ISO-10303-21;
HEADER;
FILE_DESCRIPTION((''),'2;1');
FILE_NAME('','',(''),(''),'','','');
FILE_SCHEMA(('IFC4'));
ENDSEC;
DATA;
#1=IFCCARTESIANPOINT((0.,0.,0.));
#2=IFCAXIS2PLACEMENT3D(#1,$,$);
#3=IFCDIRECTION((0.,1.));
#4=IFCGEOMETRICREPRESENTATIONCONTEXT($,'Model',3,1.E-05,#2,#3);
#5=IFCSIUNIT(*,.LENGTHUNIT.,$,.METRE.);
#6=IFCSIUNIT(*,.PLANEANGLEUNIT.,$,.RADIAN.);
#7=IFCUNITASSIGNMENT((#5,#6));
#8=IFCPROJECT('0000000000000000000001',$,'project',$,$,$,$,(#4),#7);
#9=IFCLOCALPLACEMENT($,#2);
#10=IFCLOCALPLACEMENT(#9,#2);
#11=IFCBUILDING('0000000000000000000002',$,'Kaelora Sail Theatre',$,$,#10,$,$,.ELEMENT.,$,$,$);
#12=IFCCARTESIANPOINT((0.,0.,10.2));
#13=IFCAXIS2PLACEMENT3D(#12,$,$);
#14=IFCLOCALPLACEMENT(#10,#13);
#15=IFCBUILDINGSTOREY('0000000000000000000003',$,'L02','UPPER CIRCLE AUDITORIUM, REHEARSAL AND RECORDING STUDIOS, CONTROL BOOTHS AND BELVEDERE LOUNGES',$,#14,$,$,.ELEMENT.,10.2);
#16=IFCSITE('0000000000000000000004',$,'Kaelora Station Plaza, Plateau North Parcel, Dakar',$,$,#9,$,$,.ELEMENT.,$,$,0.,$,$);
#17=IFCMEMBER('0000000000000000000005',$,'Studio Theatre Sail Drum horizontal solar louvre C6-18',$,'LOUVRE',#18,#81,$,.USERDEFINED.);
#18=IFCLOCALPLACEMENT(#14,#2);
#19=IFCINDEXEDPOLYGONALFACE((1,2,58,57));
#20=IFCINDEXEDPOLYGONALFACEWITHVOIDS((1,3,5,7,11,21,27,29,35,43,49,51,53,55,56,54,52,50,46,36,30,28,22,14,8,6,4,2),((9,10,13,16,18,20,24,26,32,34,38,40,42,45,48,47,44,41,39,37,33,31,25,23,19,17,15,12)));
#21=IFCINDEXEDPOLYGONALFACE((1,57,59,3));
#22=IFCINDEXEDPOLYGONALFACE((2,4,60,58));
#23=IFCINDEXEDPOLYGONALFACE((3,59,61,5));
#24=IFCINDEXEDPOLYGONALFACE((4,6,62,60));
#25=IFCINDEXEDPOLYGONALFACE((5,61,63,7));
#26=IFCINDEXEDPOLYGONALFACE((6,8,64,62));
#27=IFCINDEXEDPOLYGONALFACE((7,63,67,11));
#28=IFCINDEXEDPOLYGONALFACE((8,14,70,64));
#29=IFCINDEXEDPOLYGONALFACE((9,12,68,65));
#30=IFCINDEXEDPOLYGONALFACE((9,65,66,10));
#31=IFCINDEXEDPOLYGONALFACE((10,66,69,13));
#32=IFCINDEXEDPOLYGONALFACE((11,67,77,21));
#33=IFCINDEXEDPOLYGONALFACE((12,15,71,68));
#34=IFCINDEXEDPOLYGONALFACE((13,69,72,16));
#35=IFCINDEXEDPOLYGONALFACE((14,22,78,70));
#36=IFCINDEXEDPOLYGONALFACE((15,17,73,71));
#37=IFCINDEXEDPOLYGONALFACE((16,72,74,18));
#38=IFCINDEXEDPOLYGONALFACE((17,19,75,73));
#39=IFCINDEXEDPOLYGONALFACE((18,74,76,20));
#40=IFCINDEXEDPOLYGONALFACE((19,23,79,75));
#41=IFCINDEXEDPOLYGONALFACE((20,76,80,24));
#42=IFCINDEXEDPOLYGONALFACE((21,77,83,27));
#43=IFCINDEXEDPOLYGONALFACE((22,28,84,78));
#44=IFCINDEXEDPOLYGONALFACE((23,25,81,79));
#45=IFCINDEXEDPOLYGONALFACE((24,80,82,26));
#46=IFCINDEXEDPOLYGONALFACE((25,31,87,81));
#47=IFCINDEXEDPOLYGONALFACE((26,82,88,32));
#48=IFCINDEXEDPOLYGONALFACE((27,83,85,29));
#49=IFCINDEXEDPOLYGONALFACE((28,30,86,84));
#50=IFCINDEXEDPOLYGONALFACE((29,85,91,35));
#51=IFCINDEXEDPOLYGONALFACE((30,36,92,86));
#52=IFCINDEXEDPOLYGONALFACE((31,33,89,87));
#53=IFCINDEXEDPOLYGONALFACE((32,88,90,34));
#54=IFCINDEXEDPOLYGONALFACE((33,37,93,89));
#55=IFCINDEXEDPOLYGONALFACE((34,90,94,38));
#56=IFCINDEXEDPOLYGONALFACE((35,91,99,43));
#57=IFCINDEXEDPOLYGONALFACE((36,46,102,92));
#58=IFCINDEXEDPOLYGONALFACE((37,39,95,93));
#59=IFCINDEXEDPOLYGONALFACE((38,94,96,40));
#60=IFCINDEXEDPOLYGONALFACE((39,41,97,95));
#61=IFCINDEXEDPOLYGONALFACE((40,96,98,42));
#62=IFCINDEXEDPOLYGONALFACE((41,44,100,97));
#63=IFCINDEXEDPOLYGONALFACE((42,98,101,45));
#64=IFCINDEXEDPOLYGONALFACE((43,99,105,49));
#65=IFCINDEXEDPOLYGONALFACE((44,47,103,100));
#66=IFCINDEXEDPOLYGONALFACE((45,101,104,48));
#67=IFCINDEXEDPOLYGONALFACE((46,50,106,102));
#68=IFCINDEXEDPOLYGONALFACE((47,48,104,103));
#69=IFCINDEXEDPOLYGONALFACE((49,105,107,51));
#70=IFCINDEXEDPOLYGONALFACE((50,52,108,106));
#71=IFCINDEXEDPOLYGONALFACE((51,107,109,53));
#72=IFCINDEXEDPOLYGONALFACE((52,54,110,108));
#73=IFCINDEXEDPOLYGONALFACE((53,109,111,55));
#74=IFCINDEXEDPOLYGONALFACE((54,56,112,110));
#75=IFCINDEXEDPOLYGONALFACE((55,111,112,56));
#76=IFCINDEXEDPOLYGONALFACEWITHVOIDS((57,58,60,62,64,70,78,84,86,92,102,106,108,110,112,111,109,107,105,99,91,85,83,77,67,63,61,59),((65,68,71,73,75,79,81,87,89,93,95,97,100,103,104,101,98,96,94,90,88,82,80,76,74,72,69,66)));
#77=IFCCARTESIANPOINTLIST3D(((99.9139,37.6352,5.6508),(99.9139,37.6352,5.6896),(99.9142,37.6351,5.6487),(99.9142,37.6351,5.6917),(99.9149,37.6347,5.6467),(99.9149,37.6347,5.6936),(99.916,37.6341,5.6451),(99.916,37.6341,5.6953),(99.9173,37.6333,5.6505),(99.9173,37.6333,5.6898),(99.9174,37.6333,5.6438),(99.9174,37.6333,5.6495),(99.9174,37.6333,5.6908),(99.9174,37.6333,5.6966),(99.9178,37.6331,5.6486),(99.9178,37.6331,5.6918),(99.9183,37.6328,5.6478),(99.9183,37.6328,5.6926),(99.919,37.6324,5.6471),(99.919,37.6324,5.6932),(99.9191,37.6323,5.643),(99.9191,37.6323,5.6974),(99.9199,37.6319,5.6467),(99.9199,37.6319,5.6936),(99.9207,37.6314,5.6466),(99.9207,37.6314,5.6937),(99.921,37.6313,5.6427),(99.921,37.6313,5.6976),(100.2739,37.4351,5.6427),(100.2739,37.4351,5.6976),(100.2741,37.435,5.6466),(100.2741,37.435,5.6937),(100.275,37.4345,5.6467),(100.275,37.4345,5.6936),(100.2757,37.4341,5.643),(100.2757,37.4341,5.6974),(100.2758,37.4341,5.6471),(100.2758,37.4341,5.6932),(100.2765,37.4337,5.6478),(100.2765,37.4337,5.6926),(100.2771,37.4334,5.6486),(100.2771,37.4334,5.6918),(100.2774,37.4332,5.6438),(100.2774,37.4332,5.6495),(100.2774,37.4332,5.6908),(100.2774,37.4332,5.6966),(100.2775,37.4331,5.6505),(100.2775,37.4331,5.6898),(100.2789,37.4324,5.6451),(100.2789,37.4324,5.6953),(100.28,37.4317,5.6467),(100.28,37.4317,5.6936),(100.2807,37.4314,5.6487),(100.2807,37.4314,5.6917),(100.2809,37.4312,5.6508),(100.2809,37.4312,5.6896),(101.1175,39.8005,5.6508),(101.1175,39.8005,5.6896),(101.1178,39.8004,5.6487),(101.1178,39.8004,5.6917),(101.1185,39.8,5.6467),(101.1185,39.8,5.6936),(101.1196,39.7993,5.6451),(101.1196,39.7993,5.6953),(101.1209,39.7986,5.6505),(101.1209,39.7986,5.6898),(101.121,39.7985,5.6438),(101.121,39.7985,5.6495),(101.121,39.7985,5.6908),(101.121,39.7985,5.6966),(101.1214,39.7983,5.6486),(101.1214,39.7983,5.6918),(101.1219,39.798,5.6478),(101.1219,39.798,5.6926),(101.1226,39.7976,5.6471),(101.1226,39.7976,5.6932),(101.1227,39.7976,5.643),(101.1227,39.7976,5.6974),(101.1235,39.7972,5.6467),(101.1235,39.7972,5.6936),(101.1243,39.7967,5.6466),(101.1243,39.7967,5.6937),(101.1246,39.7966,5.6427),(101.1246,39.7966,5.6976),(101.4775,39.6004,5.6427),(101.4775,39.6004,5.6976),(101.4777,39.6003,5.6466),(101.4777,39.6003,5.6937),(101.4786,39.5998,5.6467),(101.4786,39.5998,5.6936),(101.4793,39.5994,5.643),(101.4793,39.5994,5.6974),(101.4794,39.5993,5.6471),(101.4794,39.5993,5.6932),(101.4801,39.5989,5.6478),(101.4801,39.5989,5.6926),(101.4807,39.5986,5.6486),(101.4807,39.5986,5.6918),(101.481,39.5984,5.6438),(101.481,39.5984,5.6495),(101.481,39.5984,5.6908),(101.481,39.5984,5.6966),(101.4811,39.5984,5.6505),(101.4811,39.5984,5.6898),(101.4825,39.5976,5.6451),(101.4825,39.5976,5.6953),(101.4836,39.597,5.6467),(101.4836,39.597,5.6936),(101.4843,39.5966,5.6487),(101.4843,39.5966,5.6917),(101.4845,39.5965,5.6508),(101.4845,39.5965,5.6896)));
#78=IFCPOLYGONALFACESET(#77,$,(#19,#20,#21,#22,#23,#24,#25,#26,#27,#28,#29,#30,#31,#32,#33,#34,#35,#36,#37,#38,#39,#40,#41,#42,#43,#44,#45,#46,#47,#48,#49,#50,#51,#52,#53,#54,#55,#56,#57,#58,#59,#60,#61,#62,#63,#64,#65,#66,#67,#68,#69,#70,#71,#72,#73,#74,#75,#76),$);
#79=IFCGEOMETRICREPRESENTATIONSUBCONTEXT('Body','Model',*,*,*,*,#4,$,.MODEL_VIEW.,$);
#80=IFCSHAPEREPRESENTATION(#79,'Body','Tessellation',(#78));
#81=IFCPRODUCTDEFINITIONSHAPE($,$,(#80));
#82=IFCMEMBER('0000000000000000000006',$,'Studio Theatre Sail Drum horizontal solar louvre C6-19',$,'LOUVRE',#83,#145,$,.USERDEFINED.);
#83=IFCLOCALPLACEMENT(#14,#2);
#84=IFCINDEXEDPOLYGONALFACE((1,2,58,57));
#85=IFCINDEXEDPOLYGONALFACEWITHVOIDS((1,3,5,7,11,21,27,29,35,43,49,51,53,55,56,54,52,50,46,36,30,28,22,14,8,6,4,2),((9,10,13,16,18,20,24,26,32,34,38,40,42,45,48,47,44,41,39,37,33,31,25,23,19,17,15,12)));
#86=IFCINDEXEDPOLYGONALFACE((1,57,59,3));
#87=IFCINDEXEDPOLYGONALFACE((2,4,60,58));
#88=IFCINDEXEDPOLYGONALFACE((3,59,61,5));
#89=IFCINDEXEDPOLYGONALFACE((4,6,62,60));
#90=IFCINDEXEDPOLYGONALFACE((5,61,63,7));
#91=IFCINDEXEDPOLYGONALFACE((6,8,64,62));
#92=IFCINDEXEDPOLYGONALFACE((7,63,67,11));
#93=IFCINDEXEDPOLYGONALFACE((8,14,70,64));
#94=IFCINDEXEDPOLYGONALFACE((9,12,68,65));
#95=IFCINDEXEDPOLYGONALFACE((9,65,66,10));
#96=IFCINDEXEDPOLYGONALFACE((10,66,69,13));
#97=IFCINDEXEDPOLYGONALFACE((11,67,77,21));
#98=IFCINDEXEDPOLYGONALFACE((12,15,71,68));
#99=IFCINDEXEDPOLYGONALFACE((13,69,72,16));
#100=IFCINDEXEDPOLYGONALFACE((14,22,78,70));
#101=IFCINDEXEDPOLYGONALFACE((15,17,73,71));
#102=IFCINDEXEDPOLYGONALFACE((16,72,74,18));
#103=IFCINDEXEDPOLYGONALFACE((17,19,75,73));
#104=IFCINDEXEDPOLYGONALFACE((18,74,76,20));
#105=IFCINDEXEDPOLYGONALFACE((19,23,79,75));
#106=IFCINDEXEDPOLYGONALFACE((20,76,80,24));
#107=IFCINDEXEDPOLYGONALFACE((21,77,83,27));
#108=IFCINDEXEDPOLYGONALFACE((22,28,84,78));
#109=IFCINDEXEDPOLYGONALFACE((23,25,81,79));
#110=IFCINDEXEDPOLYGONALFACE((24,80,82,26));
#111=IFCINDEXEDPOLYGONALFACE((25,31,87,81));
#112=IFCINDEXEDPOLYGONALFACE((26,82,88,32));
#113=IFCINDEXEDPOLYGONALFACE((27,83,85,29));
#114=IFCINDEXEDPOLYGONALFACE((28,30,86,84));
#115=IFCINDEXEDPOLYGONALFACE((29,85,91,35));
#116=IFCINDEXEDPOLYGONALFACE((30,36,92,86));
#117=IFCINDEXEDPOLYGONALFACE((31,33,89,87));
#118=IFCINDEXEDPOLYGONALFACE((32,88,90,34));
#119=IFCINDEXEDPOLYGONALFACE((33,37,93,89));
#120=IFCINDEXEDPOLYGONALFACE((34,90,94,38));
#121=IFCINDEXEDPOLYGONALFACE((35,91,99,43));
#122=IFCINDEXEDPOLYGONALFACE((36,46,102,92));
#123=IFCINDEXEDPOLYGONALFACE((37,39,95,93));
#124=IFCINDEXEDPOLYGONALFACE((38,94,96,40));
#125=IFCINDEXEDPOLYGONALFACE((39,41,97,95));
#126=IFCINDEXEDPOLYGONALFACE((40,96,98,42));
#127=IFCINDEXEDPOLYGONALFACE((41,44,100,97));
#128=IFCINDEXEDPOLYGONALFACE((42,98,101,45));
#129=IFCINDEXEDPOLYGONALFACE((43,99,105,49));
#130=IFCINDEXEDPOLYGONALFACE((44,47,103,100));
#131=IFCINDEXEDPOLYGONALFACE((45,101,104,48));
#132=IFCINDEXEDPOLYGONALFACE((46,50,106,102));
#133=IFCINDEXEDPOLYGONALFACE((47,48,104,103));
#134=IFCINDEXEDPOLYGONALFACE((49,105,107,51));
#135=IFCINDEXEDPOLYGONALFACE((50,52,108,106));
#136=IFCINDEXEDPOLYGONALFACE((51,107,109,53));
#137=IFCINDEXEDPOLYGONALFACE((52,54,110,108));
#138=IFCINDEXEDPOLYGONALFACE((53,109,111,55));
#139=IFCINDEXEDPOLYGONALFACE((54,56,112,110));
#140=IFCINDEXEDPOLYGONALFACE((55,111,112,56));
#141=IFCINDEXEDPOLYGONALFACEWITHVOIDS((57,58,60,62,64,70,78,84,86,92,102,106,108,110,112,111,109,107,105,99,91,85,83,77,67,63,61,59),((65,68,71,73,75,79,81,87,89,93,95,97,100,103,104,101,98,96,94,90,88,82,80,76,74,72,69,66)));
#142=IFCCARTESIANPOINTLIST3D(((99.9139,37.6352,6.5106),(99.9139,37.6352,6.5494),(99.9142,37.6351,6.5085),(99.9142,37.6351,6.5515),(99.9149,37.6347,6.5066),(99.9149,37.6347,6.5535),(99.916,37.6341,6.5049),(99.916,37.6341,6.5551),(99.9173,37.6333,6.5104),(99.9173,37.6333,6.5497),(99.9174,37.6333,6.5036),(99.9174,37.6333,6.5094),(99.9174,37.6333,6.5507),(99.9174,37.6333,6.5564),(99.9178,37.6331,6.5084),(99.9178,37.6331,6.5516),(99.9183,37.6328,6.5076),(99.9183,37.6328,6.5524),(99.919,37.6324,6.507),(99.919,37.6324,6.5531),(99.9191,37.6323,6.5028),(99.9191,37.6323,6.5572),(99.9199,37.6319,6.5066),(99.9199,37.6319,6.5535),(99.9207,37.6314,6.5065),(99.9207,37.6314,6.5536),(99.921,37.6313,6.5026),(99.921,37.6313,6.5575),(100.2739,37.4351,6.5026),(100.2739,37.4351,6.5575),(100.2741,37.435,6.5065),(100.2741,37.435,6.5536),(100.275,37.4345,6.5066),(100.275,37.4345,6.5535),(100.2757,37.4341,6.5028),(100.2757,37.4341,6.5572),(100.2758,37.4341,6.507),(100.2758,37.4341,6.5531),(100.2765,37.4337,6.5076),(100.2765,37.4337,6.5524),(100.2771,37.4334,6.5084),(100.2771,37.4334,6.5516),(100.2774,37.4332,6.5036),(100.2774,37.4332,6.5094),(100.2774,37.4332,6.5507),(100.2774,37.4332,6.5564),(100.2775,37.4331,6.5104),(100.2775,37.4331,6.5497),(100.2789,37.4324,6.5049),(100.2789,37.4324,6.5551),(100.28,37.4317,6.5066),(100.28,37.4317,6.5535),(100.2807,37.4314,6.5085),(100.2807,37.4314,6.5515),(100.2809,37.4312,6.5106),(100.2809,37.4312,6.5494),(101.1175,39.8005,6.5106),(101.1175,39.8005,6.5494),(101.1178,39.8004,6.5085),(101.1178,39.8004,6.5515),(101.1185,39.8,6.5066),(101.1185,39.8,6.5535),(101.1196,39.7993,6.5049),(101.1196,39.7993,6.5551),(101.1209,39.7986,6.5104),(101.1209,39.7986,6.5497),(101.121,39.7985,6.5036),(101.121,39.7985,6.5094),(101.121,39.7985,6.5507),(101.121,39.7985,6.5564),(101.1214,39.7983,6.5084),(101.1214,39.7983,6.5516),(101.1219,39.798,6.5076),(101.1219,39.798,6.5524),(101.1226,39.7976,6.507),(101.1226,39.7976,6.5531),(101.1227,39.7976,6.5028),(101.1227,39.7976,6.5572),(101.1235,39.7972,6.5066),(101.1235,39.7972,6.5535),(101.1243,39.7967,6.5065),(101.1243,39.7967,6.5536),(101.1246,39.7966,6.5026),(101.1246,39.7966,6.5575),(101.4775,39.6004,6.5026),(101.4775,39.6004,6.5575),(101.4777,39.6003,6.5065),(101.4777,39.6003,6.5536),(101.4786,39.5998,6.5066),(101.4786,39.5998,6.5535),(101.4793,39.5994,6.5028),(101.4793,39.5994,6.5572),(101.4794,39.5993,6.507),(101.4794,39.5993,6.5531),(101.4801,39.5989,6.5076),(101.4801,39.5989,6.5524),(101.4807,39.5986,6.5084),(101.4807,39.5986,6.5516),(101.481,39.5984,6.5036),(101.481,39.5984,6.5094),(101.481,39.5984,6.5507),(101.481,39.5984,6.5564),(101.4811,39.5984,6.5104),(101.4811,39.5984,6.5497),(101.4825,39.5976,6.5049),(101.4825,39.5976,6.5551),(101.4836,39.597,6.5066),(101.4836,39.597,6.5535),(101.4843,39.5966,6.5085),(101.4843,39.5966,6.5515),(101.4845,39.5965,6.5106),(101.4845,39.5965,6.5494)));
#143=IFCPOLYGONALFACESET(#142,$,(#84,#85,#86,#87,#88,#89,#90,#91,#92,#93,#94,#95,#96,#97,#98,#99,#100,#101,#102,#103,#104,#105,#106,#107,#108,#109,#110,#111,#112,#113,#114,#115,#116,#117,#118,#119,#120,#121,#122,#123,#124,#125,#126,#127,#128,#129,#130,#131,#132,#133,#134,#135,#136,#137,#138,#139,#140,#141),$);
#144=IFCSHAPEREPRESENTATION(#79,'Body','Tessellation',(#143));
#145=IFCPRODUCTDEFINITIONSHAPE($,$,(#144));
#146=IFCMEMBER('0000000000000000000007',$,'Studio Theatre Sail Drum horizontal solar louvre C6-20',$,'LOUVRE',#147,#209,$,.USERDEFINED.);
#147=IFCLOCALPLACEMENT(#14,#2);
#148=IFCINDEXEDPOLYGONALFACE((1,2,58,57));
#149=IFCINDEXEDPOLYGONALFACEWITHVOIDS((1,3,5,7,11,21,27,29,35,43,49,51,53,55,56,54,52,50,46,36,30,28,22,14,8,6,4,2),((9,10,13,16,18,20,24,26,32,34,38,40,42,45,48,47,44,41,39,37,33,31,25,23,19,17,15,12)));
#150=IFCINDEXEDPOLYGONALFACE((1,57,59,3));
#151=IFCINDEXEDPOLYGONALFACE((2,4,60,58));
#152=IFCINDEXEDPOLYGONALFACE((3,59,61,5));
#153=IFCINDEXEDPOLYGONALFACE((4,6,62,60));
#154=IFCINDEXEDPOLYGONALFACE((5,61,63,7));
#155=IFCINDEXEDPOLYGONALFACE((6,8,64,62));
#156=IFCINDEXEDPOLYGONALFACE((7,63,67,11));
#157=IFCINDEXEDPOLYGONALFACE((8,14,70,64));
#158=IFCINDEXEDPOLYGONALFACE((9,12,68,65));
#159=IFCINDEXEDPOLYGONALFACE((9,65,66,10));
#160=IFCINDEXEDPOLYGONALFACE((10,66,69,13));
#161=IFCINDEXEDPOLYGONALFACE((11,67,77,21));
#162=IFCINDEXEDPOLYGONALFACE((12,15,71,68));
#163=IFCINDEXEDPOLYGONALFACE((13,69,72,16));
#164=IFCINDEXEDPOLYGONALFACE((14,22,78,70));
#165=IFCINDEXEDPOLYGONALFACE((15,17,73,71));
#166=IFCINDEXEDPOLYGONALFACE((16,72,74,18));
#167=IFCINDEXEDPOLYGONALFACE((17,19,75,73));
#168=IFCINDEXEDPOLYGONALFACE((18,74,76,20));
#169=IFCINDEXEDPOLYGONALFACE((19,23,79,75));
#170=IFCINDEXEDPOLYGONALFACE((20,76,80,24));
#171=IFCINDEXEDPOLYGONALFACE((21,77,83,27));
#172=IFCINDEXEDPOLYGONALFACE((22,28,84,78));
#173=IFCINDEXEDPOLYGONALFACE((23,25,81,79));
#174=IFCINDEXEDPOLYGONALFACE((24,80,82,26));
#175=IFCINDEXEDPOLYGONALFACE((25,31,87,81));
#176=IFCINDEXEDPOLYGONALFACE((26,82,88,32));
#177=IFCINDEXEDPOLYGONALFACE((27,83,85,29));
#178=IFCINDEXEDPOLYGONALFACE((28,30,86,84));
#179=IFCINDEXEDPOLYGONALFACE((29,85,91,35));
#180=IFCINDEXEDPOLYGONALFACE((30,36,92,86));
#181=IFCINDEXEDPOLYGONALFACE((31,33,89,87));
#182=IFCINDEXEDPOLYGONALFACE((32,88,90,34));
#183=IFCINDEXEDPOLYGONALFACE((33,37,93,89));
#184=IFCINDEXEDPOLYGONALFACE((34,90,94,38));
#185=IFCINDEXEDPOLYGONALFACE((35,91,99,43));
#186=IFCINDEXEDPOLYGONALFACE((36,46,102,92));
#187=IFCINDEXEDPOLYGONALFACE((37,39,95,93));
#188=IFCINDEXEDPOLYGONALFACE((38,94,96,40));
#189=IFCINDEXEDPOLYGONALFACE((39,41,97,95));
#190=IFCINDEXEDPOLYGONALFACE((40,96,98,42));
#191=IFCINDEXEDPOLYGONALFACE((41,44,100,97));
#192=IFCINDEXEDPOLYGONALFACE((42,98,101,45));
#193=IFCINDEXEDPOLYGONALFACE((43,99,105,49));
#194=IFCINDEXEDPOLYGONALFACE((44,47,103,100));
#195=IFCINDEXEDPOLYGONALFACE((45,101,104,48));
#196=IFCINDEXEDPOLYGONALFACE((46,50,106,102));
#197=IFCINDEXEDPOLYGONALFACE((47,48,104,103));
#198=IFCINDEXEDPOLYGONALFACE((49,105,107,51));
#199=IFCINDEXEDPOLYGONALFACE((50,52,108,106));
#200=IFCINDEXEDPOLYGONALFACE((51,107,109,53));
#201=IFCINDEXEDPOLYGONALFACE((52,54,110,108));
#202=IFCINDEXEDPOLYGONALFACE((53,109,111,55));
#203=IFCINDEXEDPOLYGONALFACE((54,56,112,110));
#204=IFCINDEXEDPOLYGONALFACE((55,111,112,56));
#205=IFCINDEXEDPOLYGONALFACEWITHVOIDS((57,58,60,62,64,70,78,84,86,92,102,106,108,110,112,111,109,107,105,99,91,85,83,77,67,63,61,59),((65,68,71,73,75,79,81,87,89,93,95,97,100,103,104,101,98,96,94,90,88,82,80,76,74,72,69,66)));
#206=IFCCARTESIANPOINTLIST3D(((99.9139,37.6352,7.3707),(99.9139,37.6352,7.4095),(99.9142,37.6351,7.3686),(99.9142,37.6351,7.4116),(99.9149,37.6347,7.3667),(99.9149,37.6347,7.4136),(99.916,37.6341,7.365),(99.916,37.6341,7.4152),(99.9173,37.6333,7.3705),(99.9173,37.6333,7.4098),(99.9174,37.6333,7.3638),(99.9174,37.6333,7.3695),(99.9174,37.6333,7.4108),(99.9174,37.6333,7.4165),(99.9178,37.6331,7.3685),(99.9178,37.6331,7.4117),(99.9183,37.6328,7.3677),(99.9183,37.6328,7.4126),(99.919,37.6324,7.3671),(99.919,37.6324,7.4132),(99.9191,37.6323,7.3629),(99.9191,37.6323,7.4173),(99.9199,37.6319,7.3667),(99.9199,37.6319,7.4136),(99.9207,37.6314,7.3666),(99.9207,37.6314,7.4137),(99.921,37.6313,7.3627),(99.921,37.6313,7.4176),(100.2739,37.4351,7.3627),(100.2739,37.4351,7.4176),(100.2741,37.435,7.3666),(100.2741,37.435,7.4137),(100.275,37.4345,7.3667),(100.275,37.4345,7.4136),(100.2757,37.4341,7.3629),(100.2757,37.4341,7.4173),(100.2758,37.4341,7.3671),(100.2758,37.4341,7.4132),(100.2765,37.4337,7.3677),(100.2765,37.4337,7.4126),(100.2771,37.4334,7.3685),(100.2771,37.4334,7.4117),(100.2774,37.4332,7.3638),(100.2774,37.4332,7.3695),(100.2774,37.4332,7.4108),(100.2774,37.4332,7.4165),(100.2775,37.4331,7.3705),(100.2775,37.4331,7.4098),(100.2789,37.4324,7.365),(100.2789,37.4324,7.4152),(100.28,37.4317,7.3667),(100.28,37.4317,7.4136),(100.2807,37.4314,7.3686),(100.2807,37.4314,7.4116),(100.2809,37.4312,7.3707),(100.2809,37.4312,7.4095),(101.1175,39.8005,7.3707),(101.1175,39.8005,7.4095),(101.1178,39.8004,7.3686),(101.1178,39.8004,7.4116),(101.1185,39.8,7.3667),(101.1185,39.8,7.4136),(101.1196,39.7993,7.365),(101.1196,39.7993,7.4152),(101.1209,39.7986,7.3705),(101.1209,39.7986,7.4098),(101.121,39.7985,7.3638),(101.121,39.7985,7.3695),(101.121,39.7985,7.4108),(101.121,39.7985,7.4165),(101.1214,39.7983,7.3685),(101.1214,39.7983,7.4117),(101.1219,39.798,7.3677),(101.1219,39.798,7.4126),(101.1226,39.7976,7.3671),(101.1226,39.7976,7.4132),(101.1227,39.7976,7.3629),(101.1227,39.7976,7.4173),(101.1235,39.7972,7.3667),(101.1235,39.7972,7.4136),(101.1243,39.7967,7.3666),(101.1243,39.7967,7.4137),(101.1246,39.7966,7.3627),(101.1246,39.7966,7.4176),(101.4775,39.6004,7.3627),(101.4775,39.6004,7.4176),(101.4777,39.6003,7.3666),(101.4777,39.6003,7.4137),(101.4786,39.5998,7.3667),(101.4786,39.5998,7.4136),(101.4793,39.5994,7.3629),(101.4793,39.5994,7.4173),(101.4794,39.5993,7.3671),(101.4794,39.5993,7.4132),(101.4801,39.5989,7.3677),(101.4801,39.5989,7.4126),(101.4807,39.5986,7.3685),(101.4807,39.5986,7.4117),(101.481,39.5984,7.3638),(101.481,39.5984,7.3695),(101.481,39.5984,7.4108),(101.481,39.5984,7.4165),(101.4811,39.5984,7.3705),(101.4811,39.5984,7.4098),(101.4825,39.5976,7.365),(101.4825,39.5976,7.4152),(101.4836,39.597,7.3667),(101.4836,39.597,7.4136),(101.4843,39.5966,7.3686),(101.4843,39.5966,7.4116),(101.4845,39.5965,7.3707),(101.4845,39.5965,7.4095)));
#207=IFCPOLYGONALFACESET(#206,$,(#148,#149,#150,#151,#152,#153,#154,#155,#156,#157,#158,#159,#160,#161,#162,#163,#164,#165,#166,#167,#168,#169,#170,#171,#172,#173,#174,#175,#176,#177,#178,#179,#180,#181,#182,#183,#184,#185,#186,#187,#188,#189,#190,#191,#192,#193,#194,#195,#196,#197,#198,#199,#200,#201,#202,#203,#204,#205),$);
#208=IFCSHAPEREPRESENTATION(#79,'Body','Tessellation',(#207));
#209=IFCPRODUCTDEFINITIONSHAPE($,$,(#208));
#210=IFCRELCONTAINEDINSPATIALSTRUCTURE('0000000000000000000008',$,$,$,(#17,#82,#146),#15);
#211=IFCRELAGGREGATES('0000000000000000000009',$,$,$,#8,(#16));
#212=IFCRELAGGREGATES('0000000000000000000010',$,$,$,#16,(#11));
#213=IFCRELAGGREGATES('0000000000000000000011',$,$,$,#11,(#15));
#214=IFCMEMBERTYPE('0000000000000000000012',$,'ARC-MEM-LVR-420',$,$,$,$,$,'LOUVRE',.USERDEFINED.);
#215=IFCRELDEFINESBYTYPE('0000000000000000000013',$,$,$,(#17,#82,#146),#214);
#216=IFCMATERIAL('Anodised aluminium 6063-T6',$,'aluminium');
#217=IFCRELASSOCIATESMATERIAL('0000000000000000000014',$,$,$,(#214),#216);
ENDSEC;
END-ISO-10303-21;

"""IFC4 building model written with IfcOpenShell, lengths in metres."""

from ifc_helpers import new_model, si_unit, direction, frame, origin, origin_2d, place, context, subcontext, project, spatial, hollow_rectangle, extrude, material, material_profile, profile_set, type_object, element, save


model = new_model("IFC4")

# Units and contexts
model_context = context("Model", 3, precision=1e-05, world=origin(), true_north=direction((0.0, 1.0)))
body_context = subcontext(model_context, "Body", "Model", "MODEL_VIEW")
ifc_project = project(units=[si_unit("LENGTHUNIT", "METRE"), si_unit("PLANEANGLEUNIT", "RADIAN")], contexts=[model_context])

# Site, building, storey
site_placement = place(None, origin())
site = spatial("IfcSite", under=ifc_project, at=site_placement, Name="Kaelora Station Plaza, Plateau North Parcel, Dakar", CompositionType="ELEMENT", RefElevation=0.0)
building_placement = place(site_placement, origin())
building = spatial("IfcBuilding", under=site, at=building_placement, Name="Kaelora Sail Theatre", CompositionType="ELEMENT")
storey_placement = place(building_placement, frame((0.0, 0.0, 10.2)))
storey = spatial("IfcBuildingStorey", under=building, at=storey_placement, Name="L02", Description="UPPER CIRCLE AUDITORIUM, REHEARSAL AND RECORDING STUDIOS, CONTROL BOOTHS AND BELVEDERE LOUNGES", CompositionType="ELEMENT", Elevation=10.2)

# Members
ifc_material_1 = material(Name="Anodised aluminium 6063-T6", Category="aluminium")
ifc_material_profile_1 = material_profile(ifc_material_1, hollow_rectangle(XDim=0.4199, YDim=0.0549, WallThickness=0.0039, InnerFilletRadius=0.0039, OuterFilletRadius=0.0081, at=origin_2d()), Name="LOUVRE 420x55x4")
ifc_profile_set_1 = profile_set([ifc_material_profile_1], Name="Anodised aluminium 6063-T6")
member_type = type_object("IfcMemberType", Name="ARC-MEM-LVR-420", ElementType="LOUVRE", PredefinedType="USERDEFINED", material=ifc_profile_set_1)
for number, where, z_axis, x_axis, name in (
    (1, (101.301, 39.6985, 5.6702), (-0.485852, -0.874041, 0.0), (0.874041, -0.485852, 0.0), "Studio Theatre Sail Drum horizontal solar louvre C6-18"),
    (2, (101.301, 39.6985, 6.53), (-0.485852, -0.874041, 0.0), (0.874041, -0.485852, 0.0), "Studio Theatre Sail Drum horizontal solar louvre C6-19"),
    (3, (101.301, 39.6985, 7.3901), (-0.485852, -0.874041, 0.0), (0.874041, -0.485852, 0.0), "Studio Theatre Sail Drum horizontal solar louvre C6-20"),
):
    element("IfcMember", number, at=place(storey_placement, frame(where, z_axis=z_axis, x_axis=x_axis)), inside=storey, type_object=member_type, Name=name, ObjectType="LOUVRE", PredefinedType="USERDEFINED", context=body_context, shape_type="SweptSolid", body=[
        extrude(hollow_rectangle(XDim=0.4199, YDim=0.0549, WallThickness=0.0039, InnerFilletRadius=0.0039, OuterFilletRadius=0.0081, at=origin_2d()), origin(), (0.0, 0.0, 1.0), 2.4773),
    ])

save(model, "model.ifc")
